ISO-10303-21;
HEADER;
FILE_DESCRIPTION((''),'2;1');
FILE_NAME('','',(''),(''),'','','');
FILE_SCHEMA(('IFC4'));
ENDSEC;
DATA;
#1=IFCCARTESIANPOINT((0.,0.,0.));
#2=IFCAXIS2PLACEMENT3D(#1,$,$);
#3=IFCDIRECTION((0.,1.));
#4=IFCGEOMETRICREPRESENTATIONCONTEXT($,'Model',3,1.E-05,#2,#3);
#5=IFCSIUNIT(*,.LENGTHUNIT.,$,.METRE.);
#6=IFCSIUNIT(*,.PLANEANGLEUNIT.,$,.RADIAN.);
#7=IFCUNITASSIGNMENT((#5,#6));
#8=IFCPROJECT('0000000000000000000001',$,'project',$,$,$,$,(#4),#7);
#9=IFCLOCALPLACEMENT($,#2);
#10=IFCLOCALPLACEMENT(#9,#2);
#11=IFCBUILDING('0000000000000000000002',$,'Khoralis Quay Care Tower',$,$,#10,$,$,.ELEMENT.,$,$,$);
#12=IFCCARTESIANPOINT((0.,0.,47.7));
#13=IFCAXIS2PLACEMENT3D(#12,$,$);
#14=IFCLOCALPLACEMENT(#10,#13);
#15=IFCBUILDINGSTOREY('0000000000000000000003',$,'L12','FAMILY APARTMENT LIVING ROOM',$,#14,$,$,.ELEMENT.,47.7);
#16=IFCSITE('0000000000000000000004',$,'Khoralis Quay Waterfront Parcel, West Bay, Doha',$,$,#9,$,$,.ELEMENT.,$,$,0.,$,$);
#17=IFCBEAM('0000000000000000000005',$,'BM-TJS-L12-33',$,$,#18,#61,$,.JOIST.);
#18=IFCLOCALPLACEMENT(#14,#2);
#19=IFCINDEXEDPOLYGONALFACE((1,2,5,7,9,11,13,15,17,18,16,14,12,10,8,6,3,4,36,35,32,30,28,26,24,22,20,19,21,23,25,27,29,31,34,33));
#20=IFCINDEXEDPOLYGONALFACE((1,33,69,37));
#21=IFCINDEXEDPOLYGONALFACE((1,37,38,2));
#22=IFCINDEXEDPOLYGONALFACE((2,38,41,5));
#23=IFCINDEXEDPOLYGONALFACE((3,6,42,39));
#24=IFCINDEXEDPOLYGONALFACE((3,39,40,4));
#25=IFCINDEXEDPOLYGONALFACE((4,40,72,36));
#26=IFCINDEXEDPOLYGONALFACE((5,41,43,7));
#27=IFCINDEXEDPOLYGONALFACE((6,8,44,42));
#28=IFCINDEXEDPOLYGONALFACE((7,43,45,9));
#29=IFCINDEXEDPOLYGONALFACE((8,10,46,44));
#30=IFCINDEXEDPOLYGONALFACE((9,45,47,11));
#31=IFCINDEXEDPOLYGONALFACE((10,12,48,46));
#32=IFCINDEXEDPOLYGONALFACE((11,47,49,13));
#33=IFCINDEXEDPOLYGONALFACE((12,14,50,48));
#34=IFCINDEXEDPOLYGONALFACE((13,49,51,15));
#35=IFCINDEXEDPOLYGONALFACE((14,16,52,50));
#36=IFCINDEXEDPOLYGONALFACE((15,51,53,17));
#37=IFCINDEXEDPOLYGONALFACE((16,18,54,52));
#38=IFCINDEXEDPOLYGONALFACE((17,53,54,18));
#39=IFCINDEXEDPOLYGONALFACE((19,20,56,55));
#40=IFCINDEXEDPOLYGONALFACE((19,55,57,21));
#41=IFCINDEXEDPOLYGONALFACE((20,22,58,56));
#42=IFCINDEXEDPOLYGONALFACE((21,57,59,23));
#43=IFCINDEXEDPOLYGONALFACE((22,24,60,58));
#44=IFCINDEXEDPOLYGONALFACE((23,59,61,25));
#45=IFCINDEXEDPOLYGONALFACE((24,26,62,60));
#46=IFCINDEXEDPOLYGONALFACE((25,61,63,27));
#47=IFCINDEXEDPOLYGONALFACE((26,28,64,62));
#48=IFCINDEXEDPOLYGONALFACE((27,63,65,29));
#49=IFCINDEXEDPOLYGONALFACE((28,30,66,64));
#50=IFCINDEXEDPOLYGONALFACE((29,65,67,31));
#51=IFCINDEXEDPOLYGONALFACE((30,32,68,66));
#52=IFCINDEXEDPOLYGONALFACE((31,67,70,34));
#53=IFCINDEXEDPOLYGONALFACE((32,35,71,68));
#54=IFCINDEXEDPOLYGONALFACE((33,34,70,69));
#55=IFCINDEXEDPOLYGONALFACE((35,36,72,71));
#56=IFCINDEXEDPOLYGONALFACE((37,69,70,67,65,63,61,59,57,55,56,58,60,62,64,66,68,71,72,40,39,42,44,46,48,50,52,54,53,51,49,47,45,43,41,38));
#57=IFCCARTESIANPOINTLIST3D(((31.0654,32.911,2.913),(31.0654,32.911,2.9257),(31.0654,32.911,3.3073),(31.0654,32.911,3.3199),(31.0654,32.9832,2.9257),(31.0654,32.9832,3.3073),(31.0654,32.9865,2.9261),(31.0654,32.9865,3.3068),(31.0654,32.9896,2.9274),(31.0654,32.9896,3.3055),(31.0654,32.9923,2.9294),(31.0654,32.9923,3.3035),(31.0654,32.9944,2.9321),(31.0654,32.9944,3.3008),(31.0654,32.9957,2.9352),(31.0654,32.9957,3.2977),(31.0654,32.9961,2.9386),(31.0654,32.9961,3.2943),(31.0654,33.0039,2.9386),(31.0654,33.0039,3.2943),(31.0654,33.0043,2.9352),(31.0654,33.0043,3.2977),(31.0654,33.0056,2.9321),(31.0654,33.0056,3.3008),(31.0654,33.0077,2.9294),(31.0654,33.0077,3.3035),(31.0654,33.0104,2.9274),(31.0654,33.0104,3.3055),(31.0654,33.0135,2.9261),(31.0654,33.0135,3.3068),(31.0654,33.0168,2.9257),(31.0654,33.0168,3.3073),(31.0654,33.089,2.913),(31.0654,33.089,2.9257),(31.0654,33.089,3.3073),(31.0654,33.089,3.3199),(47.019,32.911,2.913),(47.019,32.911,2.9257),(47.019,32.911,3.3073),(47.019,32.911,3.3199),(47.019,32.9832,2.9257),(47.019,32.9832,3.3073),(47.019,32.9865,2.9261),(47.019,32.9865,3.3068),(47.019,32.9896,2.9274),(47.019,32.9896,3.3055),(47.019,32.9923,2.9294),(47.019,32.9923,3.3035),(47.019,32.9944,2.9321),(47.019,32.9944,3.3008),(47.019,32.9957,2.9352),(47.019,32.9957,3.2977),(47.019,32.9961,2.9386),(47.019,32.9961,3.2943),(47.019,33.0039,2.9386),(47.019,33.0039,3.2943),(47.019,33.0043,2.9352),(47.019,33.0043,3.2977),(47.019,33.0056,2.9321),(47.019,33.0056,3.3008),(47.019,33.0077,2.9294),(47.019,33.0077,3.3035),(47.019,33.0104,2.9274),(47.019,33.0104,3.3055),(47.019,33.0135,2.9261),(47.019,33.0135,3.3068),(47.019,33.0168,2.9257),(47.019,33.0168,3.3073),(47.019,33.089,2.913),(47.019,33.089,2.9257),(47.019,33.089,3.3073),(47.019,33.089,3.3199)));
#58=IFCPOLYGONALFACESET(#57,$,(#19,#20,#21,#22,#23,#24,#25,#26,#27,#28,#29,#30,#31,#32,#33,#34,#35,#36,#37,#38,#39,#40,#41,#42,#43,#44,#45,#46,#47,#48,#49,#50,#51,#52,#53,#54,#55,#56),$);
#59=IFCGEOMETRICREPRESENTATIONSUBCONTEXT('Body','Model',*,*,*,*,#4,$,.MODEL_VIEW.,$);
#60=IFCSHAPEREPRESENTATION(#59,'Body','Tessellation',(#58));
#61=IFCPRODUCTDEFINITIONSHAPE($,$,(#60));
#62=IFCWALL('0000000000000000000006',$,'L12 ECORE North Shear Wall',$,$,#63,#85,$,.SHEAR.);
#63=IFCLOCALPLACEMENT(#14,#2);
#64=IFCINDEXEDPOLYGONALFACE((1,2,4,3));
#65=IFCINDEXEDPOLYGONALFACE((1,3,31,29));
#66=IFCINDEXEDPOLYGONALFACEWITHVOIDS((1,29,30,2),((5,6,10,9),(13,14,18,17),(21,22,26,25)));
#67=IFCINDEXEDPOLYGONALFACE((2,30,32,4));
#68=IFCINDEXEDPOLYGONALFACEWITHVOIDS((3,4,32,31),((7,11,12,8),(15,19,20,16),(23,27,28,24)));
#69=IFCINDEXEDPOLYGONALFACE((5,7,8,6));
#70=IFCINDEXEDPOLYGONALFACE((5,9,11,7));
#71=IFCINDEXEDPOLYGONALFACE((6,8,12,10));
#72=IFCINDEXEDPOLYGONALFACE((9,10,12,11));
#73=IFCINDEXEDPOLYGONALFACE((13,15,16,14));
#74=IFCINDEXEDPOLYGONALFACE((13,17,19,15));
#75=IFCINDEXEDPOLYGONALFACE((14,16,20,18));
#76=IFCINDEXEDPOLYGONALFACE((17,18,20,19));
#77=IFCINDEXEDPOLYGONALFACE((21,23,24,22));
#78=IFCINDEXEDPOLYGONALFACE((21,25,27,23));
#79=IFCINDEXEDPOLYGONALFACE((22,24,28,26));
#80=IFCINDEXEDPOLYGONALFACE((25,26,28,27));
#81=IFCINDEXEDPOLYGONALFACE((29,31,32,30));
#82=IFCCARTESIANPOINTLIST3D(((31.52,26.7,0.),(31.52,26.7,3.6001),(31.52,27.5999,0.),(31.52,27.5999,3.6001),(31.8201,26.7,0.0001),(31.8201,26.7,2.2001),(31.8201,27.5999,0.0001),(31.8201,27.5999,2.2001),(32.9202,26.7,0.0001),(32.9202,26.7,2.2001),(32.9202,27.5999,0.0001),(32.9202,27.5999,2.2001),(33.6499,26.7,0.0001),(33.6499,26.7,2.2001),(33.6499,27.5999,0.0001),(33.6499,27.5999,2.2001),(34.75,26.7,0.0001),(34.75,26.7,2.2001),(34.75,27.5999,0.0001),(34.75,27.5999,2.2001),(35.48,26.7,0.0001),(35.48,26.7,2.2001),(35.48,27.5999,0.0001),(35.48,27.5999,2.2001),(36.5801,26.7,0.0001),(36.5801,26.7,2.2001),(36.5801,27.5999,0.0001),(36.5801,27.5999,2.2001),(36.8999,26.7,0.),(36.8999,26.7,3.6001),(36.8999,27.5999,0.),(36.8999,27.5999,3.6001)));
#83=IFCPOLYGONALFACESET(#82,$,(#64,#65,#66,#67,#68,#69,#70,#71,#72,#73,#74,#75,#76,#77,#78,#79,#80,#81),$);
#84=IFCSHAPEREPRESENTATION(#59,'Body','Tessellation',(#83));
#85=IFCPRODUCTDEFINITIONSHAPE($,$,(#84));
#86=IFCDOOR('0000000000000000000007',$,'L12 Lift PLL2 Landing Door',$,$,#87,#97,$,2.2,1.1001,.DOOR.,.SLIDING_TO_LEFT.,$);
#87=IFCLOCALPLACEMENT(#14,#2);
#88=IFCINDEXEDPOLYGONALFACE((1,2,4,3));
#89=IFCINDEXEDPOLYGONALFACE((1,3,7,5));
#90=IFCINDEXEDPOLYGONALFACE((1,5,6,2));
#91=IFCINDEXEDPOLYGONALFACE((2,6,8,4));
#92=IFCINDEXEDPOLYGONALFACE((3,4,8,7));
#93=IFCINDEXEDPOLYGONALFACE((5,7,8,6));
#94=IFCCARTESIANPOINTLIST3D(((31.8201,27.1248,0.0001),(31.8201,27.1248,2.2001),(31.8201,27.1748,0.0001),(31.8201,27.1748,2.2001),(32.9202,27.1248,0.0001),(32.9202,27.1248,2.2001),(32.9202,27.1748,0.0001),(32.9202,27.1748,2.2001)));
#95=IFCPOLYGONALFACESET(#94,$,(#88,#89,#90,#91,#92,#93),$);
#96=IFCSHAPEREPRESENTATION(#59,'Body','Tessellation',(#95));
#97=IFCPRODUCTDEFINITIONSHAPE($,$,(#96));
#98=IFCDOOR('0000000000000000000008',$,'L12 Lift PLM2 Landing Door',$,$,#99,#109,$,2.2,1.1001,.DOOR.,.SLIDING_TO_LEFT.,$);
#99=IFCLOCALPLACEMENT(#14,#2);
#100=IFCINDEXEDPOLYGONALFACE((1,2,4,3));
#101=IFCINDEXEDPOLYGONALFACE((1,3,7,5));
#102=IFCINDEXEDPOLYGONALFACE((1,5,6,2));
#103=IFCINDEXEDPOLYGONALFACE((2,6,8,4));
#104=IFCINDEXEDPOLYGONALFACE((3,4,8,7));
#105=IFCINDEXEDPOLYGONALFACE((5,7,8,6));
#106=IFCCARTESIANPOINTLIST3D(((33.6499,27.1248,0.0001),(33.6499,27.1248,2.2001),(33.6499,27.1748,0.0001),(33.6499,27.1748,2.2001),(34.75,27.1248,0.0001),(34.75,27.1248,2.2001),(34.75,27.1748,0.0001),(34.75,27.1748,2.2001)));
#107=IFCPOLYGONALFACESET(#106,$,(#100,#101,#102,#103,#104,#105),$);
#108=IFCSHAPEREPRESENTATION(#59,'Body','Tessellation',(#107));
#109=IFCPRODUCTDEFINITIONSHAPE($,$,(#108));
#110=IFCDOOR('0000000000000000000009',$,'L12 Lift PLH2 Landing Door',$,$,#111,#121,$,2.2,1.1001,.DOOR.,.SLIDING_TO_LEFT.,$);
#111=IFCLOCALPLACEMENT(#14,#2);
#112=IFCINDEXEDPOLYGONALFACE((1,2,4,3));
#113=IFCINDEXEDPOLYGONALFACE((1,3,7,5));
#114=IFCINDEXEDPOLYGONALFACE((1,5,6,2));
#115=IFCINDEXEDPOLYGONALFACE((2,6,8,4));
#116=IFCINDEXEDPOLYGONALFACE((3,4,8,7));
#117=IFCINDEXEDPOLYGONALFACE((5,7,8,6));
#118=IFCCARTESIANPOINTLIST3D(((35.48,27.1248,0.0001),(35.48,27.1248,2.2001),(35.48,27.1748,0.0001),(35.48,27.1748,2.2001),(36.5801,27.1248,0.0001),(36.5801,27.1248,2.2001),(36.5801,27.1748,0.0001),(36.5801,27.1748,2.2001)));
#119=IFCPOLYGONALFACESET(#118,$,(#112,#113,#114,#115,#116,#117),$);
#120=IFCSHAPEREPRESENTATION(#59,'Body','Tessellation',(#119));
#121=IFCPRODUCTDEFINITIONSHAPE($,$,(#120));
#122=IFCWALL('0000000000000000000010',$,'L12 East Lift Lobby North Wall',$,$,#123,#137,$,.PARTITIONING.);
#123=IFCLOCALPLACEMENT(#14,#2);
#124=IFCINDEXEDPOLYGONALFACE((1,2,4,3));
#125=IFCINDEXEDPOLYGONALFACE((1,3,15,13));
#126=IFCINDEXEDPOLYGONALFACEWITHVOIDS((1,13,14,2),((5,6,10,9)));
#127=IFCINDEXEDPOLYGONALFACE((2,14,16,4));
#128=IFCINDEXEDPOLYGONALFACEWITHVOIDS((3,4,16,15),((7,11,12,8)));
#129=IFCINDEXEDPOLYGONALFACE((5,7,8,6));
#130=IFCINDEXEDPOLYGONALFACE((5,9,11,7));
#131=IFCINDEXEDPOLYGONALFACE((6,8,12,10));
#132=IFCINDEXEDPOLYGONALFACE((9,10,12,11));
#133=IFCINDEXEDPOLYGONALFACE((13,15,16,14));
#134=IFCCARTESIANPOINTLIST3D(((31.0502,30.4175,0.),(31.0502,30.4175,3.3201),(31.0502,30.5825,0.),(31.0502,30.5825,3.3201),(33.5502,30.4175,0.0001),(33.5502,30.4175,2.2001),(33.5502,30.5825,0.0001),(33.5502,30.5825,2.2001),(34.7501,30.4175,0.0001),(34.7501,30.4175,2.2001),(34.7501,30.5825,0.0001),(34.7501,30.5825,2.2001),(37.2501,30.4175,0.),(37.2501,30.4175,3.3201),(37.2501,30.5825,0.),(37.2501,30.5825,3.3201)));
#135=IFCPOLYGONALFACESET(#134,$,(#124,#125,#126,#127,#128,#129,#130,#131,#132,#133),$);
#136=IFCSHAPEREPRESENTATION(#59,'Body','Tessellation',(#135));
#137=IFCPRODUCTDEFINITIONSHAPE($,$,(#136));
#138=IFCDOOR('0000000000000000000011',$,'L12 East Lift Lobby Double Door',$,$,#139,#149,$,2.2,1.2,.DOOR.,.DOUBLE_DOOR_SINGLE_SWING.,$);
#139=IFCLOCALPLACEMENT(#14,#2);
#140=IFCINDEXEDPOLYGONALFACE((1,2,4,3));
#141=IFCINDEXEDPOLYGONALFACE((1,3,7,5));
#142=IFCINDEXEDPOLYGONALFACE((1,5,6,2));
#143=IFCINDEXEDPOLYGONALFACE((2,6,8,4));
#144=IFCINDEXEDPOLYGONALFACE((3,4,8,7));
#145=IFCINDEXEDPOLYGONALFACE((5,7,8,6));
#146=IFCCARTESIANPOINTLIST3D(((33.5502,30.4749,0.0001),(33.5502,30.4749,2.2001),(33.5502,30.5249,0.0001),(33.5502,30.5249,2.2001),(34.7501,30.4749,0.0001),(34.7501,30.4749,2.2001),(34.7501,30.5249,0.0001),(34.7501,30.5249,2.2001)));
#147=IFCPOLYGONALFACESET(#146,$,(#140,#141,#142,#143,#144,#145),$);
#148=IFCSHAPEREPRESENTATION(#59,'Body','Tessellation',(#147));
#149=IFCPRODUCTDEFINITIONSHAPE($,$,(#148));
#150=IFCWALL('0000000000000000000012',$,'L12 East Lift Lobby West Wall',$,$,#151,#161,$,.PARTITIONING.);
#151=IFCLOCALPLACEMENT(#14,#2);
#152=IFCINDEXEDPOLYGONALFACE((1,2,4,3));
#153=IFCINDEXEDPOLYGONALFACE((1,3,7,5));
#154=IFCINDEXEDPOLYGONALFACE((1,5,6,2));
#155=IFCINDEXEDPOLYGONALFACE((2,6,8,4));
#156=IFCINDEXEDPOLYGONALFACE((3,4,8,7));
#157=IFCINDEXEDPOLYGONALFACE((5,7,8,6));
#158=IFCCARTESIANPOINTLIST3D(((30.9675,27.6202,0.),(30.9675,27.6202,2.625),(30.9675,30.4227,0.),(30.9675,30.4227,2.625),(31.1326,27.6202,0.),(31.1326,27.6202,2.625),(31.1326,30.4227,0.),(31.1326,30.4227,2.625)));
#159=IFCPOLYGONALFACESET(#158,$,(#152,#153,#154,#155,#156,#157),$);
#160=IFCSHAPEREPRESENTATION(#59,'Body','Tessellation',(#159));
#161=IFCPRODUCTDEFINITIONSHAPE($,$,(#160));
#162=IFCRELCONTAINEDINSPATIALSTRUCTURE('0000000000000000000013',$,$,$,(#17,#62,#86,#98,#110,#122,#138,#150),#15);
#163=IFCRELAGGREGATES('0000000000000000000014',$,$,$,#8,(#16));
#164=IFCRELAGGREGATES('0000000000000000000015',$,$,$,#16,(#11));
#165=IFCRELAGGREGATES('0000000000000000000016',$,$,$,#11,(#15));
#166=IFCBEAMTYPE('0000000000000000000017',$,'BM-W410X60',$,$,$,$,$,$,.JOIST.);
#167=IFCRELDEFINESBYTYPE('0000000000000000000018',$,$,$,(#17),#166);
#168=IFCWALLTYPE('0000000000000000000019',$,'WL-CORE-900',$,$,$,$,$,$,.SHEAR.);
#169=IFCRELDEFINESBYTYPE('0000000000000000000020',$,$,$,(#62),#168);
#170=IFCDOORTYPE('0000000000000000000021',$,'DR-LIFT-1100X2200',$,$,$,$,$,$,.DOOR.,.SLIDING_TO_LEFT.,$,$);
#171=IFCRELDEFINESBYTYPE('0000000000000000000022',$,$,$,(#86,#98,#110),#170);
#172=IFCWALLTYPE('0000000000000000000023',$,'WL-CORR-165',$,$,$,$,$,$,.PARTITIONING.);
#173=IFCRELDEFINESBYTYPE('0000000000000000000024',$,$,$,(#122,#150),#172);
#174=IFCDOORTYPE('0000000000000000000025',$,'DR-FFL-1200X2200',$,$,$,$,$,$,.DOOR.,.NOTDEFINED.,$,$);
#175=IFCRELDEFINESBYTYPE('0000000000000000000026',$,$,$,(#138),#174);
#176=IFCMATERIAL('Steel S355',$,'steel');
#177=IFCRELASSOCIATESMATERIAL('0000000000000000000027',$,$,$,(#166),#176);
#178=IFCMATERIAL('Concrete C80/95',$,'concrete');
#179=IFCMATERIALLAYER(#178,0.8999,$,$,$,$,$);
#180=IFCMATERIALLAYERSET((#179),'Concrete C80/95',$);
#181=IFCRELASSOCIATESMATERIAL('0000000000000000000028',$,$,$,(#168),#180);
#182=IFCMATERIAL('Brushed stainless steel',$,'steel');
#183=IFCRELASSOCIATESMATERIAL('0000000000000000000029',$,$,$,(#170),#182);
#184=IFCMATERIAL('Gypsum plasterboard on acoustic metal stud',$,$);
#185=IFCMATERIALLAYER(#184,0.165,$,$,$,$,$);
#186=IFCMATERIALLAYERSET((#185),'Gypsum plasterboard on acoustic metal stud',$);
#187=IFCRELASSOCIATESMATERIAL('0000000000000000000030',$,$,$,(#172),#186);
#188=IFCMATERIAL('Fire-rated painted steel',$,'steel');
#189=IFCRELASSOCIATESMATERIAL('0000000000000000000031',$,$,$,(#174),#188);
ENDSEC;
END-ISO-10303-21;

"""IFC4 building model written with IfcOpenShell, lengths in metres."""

from ifc_helpers import new_model, si_unit, direction, frame, frame_2d, origin, origin_2d, place, context, subcontext, project, spatial, rectangle, i_section, extrude, source, transform, mapped, material, layer, layer_set, material_profile, profile_set, type_object, element, fill, save


model = new_model("IFC4")

# Units and contexts
model_context = context("Model", 3, precision=1e-05, world=origin(), true_north=direction((0.0, 1.0)))
body_context = subcontext(model_context, "Body", "Model", "MODEL_VIEW")
ifc_project = project(units=[si_unit("LENGTHUNIT", "METRE"), si_unit("PLANEANGLEUNIT", "RADIAN")], contexts=[model_context])

# Site, building, storey
site_placement = place(None, origin())
site = spatial("IfcSite", under=ifc_project, at=site_placement, Name="Khoralis Quay Waterfront Parcel, West Bay, Doha", CompositionType="ELEMENT", RefElevation=0.0)
building_placement = place(site_placement, origin())
building = spatial("IfcBuilding", under=site, at=building_placement, Name="Khoralis Quay Care Tower", CompositionType="ELEMENT")
storey_placement = place(building_placement, frame((0.0, 0.0, 47.7)))
storey = spatial("IfcBuildingStorey", under=building, at=storey_placement, Name="L12", Description="FAMILY APARTMENT LIVING ROOM", CompositionType="ELEMENT", Elevation=47.7)

# Beam
ifc_material_1 = material(Name="Steel S355", Category="steel")
ifc_material_profile_1 = material_profile(ifc_material_1, i_section(OverallWidth=0.178, OverallDepth=0.407, WebThickness=0.0078, FlangeThickness=0.0127, FilletRadius=0.0129, at=origin_2d()), Name="Steel S355")
ifc_profile_set_1 = profile_set([ifc_material_profile_1], Name="Steel S355")
beam_type_1 = type_object("IfcBeamType", Name="BM-W410X60", PredefinedType="JOIST", material=ifc_profile_set_1)
shared_shape_1 = source(origin(), body_context, "Body", "SweptSolid", [
    extrude(i_section(OverallWidth=0.178, OverallDepth=0.407, WebThickness=0.0078, FlangeThickness=0.0127, FilletRadius=0.0129, at=origin_2d()), origin(), (0.0, 0.0, 1.0), 15.9536),
])
beam_1_placement = place(storey_placement, frame((31.0654, 33.0, 3.1165), z_axis=(1.0, 0.0, 0.0), x_axis=(0.0, 1.0, 0.0)))
element("IfcBeam", 1, at=beam_1_placement, inside=storey, type_object=beam_type_1, Name="BM-TJS-L12-33", PredefinedType="JOIST", context=body_context, shape_type="MappedRepresentation", body=[
    mapped(shared_shape_1, transform((0.0, 0.0, 0.0), scale=1.0)),
])

# Wall, openings, doors
ifc_material_2 = material(Name="Concrete C80/95", Category="concrete")
ifc_layer_1 = layer(ifc_material_2, 0.8999)
ifc_layer_set_1 = layer_set([ifc_layer_1], Name="Concrete C80/95")
wall_type_1 = type_object("IfcWallType", Name="WL-CORE-900", PredefinedType="SHEAR", material=ifc_layer_set_1)
wall_1_placement = place(storey_placement, frame((31.52, 27.1499, 0.0), z_axis=(0.0, 0.0, 1.0), x_axis=(1.0, 0.0, 0.0)))
wall_1 = element("IfcWall", 2, at=wall_1_placement, inside=storey, type_object=wall_type_1, Name="L12 ECORE North Shear Wall", PredefinedType="SHEAR", context=body_context, shape_type="SweptSolid", body=[
    extrude(rectangle(XDim=5.3799, YDim=0.8999, at=frame_2d((2.6899, 0.0))), origin(), (0.0, 0.0, 1.0), 3.6001),
])
opening_1_placement = place(wall_1_placement, frame((0.3, 0.0, 0.0)))
opening_1 = element("IfcOpeningElement", 3, at=opening_1_placement, cuts=wall_1, PredefinedType="OPENING", context=body_context, shape_type="SweptSolid", body=[
    extrude(rectangle(XDim=1.1001, YDim=2.2, at=frame_2d((0.55, 1.1001))), frame((0.0, 0.46, 0.0), z_axis=(0.0, -1.0, 0.0), x_axis=(1.0, 0.0, 0.0)), (0.0, 0.0, 1.0), 0.9199),
])
opening_2_placement = place(wall_1_placement, frame((2.1299, 0.0, 0.0)))
opening_2 = element("IfcOpeningElement", 4, at=opening_2_placement, cuts=wall_1, PredefinedType="OPENING", context=body_context, shape_type="SweptSolid", body=[
    extrude(rectangle(XDim=1.1001, YDim=2.2, at=frame_2d((0.55, 1.1001))), frame((0.0, 0.46, 0.0), z_axis=(0.0, -1.0, 0.0), x_axis=(1.0, 0.0, 0.0)), (0.0, 0.0, 1.0), 0.9199),
])
opening_3_placement = place(wall_1_placement, frame((3.96, 0.0, 0.0)))
opening_3 = element("IfcOpeningElement", 5, at=opening_3_placement, cuts=wall_1, PredefinedType="OPENING", context=body_context, shape_type="SweptSolid", body=[
    extrude(rectangle(XDim=1.1001, YDim=2.2, at=frame_2d((0.55, 1.1001))), frame((0.0, 0.46, 0.0), z_axis=(0.0, -1.0, 0.0), x_axis=(1.0, 0.0, 0.0)), (0.0, 0.0, 1.0), 0.9199),
])
ifc_material_3 = material(Name="Brushed stainless steel", Category="steel")
door_type_1 = type_object("IfcDoorType", Name="DR-LIFT-1100X2200", OperationType="SLIDING_TO_LEFT", PredefinedType="DOOR", material=ifc_material_3)
shared_shape_2 = source(origin(), body_context, "Body", "SweptSolid", [
    extrude(rectangle(XDim=1.1001, YDim=2.2, at=frame_2d((0.55, 1.1001))), frame((0.0, 0.0249, 0.0), z_axis=(0.0, -1.0, 0.0), x_axis=(1.0, 0.0, 0.0)), (0.0, 0.0, 1.0), 0.05),
])
door_1_placement = place(opening_1_placement, origin())
door_1 = element("IfcDoor", 6, at=door_1_placement, inside=storey, type_object=door_type_1, Name="L12 Lift PLL2 Landing Door", OperationType="SLIDING_TO_LEFT", OverallHeight=2.2, OverallWidth=1.1001, PredefinedType="DOOR", context=body_context, shape_type="MappedRepresentation", body=[
    mapped(shared_shape_2, transform((0.0, 0.0, 0.0), scale=1.0)),
])
fill(opening_1, door_1)
door_2_placement = place(opening_2_placement, origin())
door_2 = element("IfcDoor", 7, at=door_2_placement, inside=storey, type_object=door_type_1, Name="L12 Lift PLM2 Landing Door", OperationType="SLIDING_TO_LEFT", OverallHeight=2.2, OverallWidth=1.1001, PredefinedType="DOOR", context=body_context, shape_type="MappedRepresentation", body=[
    mapped(shared_shape_2, transform((0.0, 0.0, 0.0), scale=1.0)),
])
fill(opening_2, door_2)
door_3_placement = place(opening_3_placement, origin())
door_3 = element("IfcDoor", 8, at=door_3_placement, inside=storey, type_object=door_type_1, Name="L12 Lift PLH2 Landing Door", OperationType="SLIDING_TO_LEFT", OverallHeight=2.2, OverallWidth=1.1001, PredefinedType="DOOR", context=body_context, shape_type="MappedRepresentation", body=[
    mapped(shared_shape_2, transform((0.0, 0.0, 0.0), scale=1.0)),
])
fill(opening_3, door_3)

# Wall, opening, door
ifc_material_4 = material(Name="Gypsum plasterboard on acoustic metal stud")
ifc_layer_2 = layer(ifc_material_4, 0.165)
ifc_layer_set_2 = layer_set([ifc_layer_2], Name="Gypsum plasterboard on acoustic metal stud")
wall_type_2 = type_object("IfcWallType", Name="WL-CORR-165", PredefinedType="PARTITIONING", material=ifc_layer_set_2)
wall_2_placement = place(storey_placement, frame((31.05, 30.5, 0.0), z_axis=(0.0, 0.0, 1.0), x_axis=(1.0, 0.0, 0.0)))
wall_2 = element("IfcWall", 9, at=wall_2_placement, inside=storey, type_object=wall_type_2, Name="L12 East Lift Lobby North Wall", PredefinedType="PARTITIONING", context=body_context, shape_type="SweptSolid", body=[
    extrude(rectangle(XDim=6.2, YDim=0.165, at=frame_2d((3.1001, 0.0))), origin(), (0.0, 0.0, 1.0), 3.3201),
])
opening_4_placement = place(wall_2_placement, frame((2.5, 0.0, 0.0)))
opening_4 = element("IfcOpeningElement", 10, at=opening_4_placement, cuts=wall_2, PredefinedType="OPENING", context=body_context, shape_type="SweptSolid", body=[
    extrude(rectangle(XDim=1.2, YDim=2.2, at=frame_2d((0.6001, 1.1001))), frame((0.0, 0.0925, 0.0), z_axis=(0.0, -1.0, 0.0), x_axis=(1.0, 0.0, 0.0)), (0.0, 0.0, 1.0), 0.1851),
])
ifc_material_5 = material(Name="Fire-rated painted steel", Category="steel")
door_type_2 = type_object("IfcDoorType", Name="DR-FFL-1200X2200", OperationType="NOTDEFINED", PredefinedType="DOOR", material=ifc_material_5)
shared_shape_3 = source(origin(), body_context, "Body", "SweptSolid", [
    extrude(rectangle(XDim=1.2, YDim=2.2, at=frame_2d((0.6001, 1.1001))), frame((0.0, 0.0249, 0.0), z_axis=(0.0, -1.0, 0.0), x_axis=(1.0, 0.0, 0.0)), (0.0, 0.0, 1.0), 0.05),
])
door_4_placement = place(opening_4_placement, origin())
door_4 = element("IfcDoor", 11, at=door_4_placement, inside=storey, type_object=door_type_2, Name="L12 East Lift Lobby Double Door", OperationType="DOUBLE_DOOR_SINGLE_SWING", OverallHeight=2.2, OverallWidth=1.2, PredefinedType="DOOR", context=body_context, shape_type="MappedRepresentation", body=[
    mapped(shared_shape_3, transform((0.0, 0.0, 0.0), scale=1.0)),
])
fill(opening_4, door_4)

# Wall
wall_3_placement = place(storey_placement, frame((31.05, 27.6201, 0.0), z_axis=(0.0, 0.0, 1.0), x_axis=(0.0, 1.0, 0.0)))
element("IfcWall", 12, at=wall_3_placement, inside=storey, type_object=wall_type_2, Name="L12 East Lift Lobby West Wall", PredefinedType="PARTITIONING", context=body_context, shape_type="SweptSolid", body=[
    extrude(rectangle(XDim=2.8025, YDim=0.165, at=frame_2d((1.4014, 0.0))), origin(), (0.0, 0.0, 1.0), 2.625),
])

save(model, "model.ifc")
